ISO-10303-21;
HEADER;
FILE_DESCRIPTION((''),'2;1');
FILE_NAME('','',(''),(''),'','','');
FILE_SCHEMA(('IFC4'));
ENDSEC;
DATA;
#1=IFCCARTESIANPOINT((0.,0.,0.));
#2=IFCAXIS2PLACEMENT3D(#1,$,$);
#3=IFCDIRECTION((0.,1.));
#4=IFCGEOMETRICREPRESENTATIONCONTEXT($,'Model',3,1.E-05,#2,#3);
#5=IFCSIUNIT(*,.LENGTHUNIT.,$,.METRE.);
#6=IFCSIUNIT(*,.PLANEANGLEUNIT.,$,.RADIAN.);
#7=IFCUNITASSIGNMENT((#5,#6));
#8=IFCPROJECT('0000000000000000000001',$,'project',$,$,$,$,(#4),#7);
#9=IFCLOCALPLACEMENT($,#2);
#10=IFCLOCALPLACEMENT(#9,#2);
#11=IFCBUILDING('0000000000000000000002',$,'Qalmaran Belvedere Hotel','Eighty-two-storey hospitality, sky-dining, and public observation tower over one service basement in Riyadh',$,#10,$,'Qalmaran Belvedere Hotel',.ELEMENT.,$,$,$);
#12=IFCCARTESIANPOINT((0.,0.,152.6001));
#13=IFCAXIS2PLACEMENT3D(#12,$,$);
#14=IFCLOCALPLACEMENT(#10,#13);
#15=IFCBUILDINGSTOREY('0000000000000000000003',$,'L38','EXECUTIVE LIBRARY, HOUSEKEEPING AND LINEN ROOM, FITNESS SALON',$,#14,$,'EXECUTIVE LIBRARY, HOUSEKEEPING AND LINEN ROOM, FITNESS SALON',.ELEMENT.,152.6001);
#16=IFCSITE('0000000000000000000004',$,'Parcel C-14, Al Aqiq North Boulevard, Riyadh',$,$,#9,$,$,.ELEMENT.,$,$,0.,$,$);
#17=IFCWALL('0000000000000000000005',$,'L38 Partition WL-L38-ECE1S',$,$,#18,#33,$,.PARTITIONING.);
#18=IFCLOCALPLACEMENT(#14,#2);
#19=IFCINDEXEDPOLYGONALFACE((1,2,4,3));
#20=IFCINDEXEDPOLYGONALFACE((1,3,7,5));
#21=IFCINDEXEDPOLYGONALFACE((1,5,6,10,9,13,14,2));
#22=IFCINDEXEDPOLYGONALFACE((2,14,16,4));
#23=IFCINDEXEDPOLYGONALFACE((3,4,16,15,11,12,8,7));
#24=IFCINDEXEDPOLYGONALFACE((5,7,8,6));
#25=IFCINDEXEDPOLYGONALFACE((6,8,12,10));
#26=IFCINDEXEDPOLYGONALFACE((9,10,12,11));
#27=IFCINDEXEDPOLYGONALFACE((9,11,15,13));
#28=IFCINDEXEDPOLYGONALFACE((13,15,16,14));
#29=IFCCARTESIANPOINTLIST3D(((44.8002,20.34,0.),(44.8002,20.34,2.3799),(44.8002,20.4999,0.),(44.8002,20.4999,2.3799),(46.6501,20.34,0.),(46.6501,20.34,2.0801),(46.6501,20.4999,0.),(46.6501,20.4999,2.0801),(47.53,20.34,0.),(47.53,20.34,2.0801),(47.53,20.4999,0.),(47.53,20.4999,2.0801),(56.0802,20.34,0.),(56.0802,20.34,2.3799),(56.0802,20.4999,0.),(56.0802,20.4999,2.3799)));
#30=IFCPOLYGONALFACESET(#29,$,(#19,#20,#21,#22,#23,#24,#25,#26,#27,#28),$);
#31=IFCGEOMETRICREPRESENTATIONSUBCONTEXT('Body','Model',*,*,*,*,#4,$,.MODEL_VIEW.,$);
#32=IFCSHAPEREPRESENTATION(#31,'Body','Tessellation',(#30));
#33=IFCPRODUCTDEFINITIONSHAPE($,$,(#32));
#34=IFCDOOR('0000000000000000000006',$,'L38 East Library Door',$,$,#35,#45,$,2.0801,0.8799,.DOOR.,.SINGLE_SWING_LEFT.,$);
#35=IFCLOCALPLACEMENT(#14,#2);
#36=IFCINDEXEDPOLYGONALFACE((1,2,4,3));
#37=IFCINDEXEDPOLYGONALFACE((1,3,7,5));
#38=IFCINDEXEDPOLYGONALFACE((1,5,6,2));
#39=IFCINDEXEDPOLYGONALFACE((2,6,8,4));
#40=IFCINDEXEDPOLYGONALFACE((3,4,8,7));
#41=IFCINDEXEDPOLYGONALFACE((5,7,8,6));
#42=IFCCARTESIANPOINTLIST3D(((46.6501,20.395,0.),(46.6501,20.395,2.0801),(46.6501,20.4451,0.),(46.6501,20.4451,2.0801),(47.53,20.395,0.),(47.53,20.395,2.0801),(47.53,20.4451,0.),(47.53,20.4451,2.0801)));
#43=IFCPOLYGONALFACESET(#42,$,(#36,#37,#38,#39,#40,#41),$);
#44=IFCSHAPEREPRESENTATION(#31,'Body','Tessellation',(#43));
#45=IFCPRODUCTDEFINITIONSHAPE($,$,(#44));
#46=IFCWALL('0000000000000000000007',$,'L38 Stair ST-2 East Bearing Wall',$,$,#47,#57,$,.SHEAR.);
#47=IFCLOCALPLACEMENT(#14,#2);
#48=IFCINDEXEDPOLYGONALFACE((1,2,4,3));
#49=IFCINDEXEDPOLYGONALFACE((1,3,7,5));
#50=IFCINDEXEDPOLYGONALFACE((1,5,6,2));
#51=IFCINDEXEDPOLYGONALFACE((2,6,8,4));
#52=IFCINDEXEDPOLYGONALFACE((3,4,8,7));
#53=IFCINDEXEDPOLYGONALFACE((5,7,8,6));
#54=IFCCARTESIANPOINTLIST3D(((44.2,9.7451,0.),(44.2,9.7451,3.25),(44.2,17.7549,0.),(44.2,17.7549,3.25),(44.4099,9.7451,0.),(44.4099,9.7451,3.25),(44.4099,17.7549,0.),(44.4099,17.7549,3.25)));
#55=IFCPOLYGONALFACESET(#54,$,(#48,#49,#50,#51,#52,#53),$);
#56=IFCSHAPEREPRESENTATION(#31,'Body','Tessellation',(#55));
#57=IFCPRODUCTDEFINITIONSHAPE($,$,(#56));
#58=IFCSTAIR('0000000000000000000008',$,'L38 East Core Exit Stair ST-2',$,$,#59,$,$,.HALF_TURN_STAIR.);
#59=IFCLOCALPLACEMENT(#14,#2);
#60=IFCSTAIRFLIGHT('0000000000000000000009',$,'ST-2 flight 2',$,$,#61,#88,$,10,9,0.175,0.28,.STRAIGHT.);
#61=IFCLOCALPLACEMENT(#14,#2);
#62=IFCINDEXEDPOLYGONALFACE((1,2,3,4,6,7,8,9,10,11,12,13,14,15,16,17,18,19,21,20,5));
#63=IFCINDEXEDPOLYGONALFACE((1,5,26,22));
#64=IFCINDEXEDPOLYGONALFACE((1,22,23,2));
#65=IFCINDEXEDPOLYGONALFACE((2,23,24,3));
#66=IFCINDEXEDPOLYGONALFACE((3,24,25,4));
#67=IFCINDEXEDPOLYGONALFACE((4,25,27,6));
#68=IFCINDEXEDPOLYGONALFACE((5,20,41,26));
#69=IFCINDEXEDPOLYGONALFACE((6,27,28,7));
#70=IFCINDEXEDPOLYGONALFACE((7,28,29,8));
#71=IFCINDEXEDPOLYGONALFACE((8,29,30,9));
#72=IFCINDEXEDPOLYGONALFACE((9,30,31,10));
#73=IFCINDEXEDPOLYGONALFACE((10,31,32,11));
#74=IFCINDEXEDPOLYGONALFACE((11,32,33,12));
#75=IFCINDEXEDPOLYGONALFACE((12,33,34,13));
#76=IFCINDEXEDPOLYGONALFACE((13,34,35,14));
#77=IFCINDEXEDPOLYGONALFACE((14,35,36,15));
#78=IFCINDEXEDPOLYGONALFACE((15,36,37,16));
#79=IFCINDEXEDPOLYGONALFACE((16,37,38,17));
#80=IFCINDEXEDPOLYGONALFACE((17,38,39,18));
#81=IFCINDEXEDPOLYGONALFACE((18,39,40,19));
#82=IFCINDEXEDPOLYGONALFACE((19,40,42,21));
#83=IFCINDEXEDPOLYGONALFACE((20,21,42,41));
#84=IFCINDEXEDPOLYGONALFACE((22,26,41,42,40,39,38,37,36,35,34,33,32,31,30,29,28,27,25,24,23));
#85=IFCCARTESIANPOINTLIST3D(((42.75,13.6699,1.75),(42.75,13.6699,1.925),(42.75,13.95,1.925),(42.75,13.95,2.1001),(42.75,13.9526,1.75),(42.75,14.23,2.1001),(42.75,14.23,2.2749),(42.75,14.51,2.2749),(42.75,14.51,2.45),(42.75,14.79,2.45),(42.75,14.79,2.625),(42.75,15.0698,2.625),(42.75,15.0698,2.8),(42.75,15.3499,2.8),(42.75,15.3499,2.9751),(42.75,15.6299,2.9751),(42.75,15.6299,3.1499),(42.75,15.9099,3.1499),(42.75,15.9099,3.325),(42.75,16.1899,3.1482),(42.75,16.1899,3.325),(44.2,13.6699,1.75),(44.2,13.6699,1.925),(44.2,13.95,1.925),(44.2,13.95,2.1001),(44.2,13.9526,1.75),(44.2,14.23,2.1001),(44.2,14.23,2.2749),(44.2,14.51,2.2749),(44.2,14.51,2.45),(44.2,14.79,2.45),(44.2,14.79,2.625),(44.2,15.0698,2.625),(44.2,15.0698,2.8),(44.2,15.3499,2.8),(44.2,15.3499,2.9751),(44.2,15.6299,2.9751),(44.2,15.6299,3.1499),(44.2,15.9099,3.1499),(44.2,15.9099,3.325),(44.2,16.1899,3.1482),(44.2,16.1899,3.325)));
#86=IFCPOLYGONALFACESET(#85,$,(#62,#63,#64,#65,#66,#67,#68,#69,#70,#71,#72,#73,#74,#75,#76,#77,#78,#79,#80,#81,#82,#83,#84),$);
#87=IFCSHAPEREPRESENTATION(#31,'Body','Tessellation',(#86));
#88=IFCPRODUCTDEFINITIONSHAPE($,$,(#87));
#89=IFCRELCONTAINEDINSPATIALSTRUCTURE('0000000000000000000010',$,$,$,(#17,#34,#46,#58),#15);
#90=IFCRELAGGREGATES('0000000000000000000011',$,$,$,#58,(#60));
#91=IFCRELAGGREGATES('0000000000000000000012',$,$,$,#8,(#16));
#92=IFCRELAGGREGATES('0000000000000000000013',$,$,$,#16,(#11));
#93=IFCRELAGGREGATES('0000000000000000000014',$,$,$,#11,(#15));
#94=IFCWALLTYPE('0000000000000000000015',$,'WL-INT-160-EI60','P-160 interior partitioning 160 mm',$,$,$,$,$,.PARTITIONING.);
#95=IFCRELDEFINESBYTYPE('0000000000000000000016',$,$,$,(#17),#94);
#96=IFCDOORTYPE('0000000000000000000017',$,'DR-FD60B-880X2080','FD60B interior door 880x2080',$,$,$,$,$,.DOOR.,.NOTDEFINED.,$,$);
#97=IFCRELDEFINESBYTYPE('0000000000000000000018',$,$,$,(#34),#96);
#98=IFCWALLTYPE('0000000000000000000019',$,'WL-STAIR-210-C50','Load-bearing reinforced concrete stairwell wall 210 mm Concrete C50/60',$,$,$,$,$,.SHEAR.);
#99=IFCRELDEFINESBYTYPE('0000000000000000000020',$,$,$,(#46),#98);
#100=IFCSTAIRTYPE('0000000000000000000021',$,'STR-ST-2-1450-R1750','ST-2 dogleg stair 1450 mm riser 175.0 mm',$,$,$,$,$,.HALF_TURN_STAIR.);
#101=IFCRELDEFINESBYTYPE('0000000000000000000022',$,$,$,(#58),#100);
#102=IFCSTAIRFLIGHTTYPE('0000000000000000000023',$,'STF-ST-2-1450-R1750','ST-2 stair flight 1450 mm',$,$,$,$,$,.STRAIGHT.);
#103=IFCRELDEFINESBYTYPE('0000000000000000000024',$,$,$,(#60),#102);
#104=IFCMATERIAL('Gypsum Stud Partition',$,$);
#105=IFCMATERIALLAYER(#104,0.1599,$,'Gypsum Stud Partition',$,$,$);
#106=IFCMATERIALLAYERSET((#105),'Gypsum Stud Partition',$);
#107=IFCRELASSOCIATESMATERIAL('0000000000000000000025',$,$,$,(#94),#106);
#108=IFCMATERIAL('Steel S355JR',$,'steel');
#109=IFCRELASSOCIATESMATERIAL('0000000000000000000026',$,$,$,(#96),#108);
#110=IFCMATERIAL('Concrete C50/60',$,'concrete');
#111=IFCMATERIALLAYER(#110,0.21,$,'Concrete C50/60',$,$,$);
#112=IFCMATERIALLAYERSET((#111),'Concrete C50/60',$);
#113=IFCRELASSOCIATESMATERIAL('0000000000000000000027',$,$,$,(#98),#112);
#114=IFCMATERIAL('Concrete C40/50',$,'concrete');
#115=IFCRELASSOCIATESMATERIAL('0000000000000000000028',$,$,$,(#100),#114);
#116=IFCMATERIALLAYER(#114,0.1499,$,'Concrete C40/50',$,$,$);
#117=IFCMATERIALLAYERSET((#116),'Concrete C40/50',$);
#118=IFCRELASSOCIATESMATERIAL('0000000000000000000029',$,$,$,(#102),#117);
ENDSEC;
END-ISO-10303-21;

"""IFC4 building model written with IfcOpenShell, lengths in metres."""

from ifc_helpers import new_model, si_unit, direction, frame, frame_2d, origin, place, context, subcontext, project, spatial, polyline, rectangle, outline, extrude, material, layer, layer_set, type_object, element, fill, aggregate, save


model = new_model("IFC4")

# Units and contexts
model_context = context("Model", 3, precision=1e-05, world=origin(), true_north=direction((0.0, 1.0)))
body_context = subcontext(model_context, "Body", "Model", "MODEL_VIEW")
ifc_project = project(units=[si_unit("LENGTHUNIT", "METRE"), si_unit("PLANEANGLEUNIT", "RADIAN")], contexts=[model_context])

# Site, building, storey
site_placement = place(None, origin())
site = spatial("IfcSite", under=ifc_project, at=site_placement, Name="Parcel C-14, Al Aqiq North Boulevard, Riyadh", CompositionType="ELEMENT", RefElevation=0.0)
building_placement = place(site_placement, origin())
building = spatial("IfcBuilding", under=site, at=building_placement, Name="Qalmaran Belvedere Hotel", Description="Eighty-two-storey hospitality, sky-dining, and public observation tower over one service basement in Riyadh", LongName="Qalmaran Belvedere Hotel", CompositionType="ELEMENT")
storey_placement = place(building_placement, frame((0.0, 0.0, 152.6001)))
storey = spatial("IfcBuildingStorey", under=building, at=storey_placement, Name="L38", Description="EXECUTIVE LIBRARY, HOUSEKEEPING AND LINEN ROOM, FITNESS SALON", LongName="EXECUTIVE LIBRARY, HOUSEKEEPING AND LINEN ROOM, FITNESS SALON", CompositionType="ELEMENT", Elevation=152.6001)

# Shared definitions
ifc_material_1 = material(Name="Concrete C50/60", Category="concrete")

# Shared definitions
ifc_material_2 = material(Name="Steel S355JR", Category="steel")

# Wall, opening, door
ifc_material_3 = material(Name="Gypsum Stud Partition")
ifc_layer_1 = layer(ifc_material_3, 0.1599, Name="Gypsum Stud Partition")
ifc_layer_set_1 = layer_set([ifc_layer_1], Name="Gypsum Stud Partition")
wall_type_1 = type_object("IfcWallType", Name="WL-INT-160-EI60", Description="P-160 interior partitioning 160 mm", PredefinedType="PARTITIONING", material=ifc_layer_set_1)
wall_1_placement = place(storey_placement, frame((44.8, 20.4199, 0.0), z_axis=(0.0, 0.0, 1.0), x_axis=(1.0, 0.0, 0.0)))
wall_1 = element("IfcWall", 1, at=wall_1_placement, inside=storey, type_object=wall_type_1, Name="L38 Partition WL-L38-ECE1S", PredefinedType="PARTITIONING", context=body_context, shape_type="SweptSolid", body=[
    extrude(rectangle(XDim=11.28, YDim=0.1599, at=frame_2d((5.6401, 0.0))), origin(), (0.0, 0.0, 1.0), 2.3799),
])
opening_placement = place(wall_1_placement, frame((2.73, 0.0, 0.0), z_axis=(0.0, 0.0, 1.0), x_axis=(-1.0, 0.0, 0.0)))
opening = element("IfcOpeningElement", 2, at=opening_placement, cuts=wall_1, PredefinedType="OPENING", context=body_context, shape_type="SweptSolid", body=[
    extrude(rectangle(XDim=0.8799, YDim=2.0801, at=frame_2d((0.4399, 1.04))), frame((0.0, 0.0898, 0.0), z_axis=(0.0, -1.0, 0.0), x_axis=(1.0, 0.0, 0.0)), (0.0, 0.0, 1.0), 0.1799),
])
door_type = type_object("IfcDoorType", Name="DR-FD60B-880X2080", Description="FD60B interior door 880x2080", OperationType="NOTDEFINED", PredefinedType="DOOR", material=ifc_material_2)
door_placement = place(opening_placement, origin())
door = element("IfcDoor", 3, at=door_placement, inside=storey, type_object=door_type, Name="L38 East Library Door", OperationType="SINGLE_SWING_LEFT", OverallHeight=2.0801, OverallWidth=0.8799, PredefinedType="DOOR", context=body_context, shape_type="SweptSolid", body=[
    extrude(rectangle(XDim=0.8799, YDim=2.0801, at=frame_2d((0.4399, 1.04))), frame((0.0, 0.0249, 0.0), z_axis=(0.0, -1.0, 0.0), x_axis=(1.0, 0.0, 0.0)), (0.0, 0.0, 1.0), 0.05),
])
fill(opening, door)

# Wall
ifc_layer_2 = layer(ifc_material_1, 0.21, Name="Concrete C50/60")
ifc_layer_set_2 = layer_set([ifc_layer_2], Name="Concrete C50/60")
wall_type_2 = type_object("IfcWallType", Name="WL-STAIR-210-C50", Description="Load-bearing reinforced concrete stairwell wall 210 mm Concrete C50/60", PredefinedType="SHEAR", material=ifc_layer_set_2)
wall_2_placement = place(storey_placement, frame((44.3049, 9.7451, 0.0), z_axis=(0.0, 0.0, 1.0), x_axis=(0.0, 1.0, 0.0)))
element("IfcWall", 4, at=wall_2_placement, inside=storey, type_object=wall_type_2, Name="L38 Stair ST-2 East Bearing Wall", PredefinedType="SHEAR", context=body_context, shape_type="SweptSolid", body=[
    extrude(rectangle(XDim=8.0098, YDim=0.21, at=frame_2d((4.0049, 0.0))), origin(), (0.0, 0.0, 1.0), 3.25),
])

# Stair, stair flight
ifc_material_4 = material(Name="Concrete C40/50", Category="concrete")
stair_type = type_object("IfcStairType", Name="STR-ST-2-1450-R1750", Description="ST-2 dogleg stair 1450 mm riser 175.0 mm", PredefinedType="HALF_TURN_STAIR", material=ifc_material_4)
stair_placement = place(storey_placement, origin())
stair = element("IfcStair", 5, at=stair_placement, inside=storey, type_object=stair_type, Name="L38 East Core Exit Stair ST-2", PredefinedType="HALF_TURN_STAIR")
ifc_layer_3 = layer(ifc_material_4, 0.1499, Name="Concrete C40/50")
ifc_layer_set_3 = layer_set([ifc_layer_3], Name="Concrete C40/50")
stair_flight_type = type_object("IfcStairFlightType", Name="STF-ST-2-1450-R1750", Description="ST-2 stair flight 1450 mm", PredefinedType="STRAIGHT", material=ifc_layer_set_3)
stair_flight_placement = place(storey_placement, frame((43.4751, 13.6699, 1.75), z_axis=(0.0, 0.0, 1.0), x_axis=(0.0, 1.0, 0.0)))
stair_flight = element("IfcStairFlight", 6, at=stair_flight_placement, type_object=stair_flight_type, Name="ST-2 flight 2", NumberOfRisers=10, NumberOfTreads=9, PredefinedType="STRAIGHT", RiserHeight=0.175, TreadLength=0.28, context=body_context, shape_type="SweptSolid", body=[
    extrude(outline(polyline([(0.0, 0.0), (0.0, 0.175), (0.28, 0.175), (0.28, 0.3501), (0.5601, 0.3501), (0.5601, 0.5249), (0.8401, 0.5249), (0.8401, 0.7), (1.1201, 0.7), (1.1201, 0.875), (1.3999, 0.875), (1.3999, 1.05), (1.6799, 1.05), (1.6799, 1.2251), (1.96, 1.2251), (1.96, 1.3999), (2.24, 1.3999), (2.24, 1.575), (2.52, 1.575), (2.52, 1.75), (2.52, 1.3982), (0.2827, 0.0), (0.0, 0.0)])), frame((0.0, 0.7251, 0.0), z_axis=(0.0, -1.0, 0.0), x_axis=(1.0, 0.0, 0.0)), (0.0, 0.0, 1.0), 1.45),
])
aggregate(stair, [stair_flight])

save(model, "model.ifc")
